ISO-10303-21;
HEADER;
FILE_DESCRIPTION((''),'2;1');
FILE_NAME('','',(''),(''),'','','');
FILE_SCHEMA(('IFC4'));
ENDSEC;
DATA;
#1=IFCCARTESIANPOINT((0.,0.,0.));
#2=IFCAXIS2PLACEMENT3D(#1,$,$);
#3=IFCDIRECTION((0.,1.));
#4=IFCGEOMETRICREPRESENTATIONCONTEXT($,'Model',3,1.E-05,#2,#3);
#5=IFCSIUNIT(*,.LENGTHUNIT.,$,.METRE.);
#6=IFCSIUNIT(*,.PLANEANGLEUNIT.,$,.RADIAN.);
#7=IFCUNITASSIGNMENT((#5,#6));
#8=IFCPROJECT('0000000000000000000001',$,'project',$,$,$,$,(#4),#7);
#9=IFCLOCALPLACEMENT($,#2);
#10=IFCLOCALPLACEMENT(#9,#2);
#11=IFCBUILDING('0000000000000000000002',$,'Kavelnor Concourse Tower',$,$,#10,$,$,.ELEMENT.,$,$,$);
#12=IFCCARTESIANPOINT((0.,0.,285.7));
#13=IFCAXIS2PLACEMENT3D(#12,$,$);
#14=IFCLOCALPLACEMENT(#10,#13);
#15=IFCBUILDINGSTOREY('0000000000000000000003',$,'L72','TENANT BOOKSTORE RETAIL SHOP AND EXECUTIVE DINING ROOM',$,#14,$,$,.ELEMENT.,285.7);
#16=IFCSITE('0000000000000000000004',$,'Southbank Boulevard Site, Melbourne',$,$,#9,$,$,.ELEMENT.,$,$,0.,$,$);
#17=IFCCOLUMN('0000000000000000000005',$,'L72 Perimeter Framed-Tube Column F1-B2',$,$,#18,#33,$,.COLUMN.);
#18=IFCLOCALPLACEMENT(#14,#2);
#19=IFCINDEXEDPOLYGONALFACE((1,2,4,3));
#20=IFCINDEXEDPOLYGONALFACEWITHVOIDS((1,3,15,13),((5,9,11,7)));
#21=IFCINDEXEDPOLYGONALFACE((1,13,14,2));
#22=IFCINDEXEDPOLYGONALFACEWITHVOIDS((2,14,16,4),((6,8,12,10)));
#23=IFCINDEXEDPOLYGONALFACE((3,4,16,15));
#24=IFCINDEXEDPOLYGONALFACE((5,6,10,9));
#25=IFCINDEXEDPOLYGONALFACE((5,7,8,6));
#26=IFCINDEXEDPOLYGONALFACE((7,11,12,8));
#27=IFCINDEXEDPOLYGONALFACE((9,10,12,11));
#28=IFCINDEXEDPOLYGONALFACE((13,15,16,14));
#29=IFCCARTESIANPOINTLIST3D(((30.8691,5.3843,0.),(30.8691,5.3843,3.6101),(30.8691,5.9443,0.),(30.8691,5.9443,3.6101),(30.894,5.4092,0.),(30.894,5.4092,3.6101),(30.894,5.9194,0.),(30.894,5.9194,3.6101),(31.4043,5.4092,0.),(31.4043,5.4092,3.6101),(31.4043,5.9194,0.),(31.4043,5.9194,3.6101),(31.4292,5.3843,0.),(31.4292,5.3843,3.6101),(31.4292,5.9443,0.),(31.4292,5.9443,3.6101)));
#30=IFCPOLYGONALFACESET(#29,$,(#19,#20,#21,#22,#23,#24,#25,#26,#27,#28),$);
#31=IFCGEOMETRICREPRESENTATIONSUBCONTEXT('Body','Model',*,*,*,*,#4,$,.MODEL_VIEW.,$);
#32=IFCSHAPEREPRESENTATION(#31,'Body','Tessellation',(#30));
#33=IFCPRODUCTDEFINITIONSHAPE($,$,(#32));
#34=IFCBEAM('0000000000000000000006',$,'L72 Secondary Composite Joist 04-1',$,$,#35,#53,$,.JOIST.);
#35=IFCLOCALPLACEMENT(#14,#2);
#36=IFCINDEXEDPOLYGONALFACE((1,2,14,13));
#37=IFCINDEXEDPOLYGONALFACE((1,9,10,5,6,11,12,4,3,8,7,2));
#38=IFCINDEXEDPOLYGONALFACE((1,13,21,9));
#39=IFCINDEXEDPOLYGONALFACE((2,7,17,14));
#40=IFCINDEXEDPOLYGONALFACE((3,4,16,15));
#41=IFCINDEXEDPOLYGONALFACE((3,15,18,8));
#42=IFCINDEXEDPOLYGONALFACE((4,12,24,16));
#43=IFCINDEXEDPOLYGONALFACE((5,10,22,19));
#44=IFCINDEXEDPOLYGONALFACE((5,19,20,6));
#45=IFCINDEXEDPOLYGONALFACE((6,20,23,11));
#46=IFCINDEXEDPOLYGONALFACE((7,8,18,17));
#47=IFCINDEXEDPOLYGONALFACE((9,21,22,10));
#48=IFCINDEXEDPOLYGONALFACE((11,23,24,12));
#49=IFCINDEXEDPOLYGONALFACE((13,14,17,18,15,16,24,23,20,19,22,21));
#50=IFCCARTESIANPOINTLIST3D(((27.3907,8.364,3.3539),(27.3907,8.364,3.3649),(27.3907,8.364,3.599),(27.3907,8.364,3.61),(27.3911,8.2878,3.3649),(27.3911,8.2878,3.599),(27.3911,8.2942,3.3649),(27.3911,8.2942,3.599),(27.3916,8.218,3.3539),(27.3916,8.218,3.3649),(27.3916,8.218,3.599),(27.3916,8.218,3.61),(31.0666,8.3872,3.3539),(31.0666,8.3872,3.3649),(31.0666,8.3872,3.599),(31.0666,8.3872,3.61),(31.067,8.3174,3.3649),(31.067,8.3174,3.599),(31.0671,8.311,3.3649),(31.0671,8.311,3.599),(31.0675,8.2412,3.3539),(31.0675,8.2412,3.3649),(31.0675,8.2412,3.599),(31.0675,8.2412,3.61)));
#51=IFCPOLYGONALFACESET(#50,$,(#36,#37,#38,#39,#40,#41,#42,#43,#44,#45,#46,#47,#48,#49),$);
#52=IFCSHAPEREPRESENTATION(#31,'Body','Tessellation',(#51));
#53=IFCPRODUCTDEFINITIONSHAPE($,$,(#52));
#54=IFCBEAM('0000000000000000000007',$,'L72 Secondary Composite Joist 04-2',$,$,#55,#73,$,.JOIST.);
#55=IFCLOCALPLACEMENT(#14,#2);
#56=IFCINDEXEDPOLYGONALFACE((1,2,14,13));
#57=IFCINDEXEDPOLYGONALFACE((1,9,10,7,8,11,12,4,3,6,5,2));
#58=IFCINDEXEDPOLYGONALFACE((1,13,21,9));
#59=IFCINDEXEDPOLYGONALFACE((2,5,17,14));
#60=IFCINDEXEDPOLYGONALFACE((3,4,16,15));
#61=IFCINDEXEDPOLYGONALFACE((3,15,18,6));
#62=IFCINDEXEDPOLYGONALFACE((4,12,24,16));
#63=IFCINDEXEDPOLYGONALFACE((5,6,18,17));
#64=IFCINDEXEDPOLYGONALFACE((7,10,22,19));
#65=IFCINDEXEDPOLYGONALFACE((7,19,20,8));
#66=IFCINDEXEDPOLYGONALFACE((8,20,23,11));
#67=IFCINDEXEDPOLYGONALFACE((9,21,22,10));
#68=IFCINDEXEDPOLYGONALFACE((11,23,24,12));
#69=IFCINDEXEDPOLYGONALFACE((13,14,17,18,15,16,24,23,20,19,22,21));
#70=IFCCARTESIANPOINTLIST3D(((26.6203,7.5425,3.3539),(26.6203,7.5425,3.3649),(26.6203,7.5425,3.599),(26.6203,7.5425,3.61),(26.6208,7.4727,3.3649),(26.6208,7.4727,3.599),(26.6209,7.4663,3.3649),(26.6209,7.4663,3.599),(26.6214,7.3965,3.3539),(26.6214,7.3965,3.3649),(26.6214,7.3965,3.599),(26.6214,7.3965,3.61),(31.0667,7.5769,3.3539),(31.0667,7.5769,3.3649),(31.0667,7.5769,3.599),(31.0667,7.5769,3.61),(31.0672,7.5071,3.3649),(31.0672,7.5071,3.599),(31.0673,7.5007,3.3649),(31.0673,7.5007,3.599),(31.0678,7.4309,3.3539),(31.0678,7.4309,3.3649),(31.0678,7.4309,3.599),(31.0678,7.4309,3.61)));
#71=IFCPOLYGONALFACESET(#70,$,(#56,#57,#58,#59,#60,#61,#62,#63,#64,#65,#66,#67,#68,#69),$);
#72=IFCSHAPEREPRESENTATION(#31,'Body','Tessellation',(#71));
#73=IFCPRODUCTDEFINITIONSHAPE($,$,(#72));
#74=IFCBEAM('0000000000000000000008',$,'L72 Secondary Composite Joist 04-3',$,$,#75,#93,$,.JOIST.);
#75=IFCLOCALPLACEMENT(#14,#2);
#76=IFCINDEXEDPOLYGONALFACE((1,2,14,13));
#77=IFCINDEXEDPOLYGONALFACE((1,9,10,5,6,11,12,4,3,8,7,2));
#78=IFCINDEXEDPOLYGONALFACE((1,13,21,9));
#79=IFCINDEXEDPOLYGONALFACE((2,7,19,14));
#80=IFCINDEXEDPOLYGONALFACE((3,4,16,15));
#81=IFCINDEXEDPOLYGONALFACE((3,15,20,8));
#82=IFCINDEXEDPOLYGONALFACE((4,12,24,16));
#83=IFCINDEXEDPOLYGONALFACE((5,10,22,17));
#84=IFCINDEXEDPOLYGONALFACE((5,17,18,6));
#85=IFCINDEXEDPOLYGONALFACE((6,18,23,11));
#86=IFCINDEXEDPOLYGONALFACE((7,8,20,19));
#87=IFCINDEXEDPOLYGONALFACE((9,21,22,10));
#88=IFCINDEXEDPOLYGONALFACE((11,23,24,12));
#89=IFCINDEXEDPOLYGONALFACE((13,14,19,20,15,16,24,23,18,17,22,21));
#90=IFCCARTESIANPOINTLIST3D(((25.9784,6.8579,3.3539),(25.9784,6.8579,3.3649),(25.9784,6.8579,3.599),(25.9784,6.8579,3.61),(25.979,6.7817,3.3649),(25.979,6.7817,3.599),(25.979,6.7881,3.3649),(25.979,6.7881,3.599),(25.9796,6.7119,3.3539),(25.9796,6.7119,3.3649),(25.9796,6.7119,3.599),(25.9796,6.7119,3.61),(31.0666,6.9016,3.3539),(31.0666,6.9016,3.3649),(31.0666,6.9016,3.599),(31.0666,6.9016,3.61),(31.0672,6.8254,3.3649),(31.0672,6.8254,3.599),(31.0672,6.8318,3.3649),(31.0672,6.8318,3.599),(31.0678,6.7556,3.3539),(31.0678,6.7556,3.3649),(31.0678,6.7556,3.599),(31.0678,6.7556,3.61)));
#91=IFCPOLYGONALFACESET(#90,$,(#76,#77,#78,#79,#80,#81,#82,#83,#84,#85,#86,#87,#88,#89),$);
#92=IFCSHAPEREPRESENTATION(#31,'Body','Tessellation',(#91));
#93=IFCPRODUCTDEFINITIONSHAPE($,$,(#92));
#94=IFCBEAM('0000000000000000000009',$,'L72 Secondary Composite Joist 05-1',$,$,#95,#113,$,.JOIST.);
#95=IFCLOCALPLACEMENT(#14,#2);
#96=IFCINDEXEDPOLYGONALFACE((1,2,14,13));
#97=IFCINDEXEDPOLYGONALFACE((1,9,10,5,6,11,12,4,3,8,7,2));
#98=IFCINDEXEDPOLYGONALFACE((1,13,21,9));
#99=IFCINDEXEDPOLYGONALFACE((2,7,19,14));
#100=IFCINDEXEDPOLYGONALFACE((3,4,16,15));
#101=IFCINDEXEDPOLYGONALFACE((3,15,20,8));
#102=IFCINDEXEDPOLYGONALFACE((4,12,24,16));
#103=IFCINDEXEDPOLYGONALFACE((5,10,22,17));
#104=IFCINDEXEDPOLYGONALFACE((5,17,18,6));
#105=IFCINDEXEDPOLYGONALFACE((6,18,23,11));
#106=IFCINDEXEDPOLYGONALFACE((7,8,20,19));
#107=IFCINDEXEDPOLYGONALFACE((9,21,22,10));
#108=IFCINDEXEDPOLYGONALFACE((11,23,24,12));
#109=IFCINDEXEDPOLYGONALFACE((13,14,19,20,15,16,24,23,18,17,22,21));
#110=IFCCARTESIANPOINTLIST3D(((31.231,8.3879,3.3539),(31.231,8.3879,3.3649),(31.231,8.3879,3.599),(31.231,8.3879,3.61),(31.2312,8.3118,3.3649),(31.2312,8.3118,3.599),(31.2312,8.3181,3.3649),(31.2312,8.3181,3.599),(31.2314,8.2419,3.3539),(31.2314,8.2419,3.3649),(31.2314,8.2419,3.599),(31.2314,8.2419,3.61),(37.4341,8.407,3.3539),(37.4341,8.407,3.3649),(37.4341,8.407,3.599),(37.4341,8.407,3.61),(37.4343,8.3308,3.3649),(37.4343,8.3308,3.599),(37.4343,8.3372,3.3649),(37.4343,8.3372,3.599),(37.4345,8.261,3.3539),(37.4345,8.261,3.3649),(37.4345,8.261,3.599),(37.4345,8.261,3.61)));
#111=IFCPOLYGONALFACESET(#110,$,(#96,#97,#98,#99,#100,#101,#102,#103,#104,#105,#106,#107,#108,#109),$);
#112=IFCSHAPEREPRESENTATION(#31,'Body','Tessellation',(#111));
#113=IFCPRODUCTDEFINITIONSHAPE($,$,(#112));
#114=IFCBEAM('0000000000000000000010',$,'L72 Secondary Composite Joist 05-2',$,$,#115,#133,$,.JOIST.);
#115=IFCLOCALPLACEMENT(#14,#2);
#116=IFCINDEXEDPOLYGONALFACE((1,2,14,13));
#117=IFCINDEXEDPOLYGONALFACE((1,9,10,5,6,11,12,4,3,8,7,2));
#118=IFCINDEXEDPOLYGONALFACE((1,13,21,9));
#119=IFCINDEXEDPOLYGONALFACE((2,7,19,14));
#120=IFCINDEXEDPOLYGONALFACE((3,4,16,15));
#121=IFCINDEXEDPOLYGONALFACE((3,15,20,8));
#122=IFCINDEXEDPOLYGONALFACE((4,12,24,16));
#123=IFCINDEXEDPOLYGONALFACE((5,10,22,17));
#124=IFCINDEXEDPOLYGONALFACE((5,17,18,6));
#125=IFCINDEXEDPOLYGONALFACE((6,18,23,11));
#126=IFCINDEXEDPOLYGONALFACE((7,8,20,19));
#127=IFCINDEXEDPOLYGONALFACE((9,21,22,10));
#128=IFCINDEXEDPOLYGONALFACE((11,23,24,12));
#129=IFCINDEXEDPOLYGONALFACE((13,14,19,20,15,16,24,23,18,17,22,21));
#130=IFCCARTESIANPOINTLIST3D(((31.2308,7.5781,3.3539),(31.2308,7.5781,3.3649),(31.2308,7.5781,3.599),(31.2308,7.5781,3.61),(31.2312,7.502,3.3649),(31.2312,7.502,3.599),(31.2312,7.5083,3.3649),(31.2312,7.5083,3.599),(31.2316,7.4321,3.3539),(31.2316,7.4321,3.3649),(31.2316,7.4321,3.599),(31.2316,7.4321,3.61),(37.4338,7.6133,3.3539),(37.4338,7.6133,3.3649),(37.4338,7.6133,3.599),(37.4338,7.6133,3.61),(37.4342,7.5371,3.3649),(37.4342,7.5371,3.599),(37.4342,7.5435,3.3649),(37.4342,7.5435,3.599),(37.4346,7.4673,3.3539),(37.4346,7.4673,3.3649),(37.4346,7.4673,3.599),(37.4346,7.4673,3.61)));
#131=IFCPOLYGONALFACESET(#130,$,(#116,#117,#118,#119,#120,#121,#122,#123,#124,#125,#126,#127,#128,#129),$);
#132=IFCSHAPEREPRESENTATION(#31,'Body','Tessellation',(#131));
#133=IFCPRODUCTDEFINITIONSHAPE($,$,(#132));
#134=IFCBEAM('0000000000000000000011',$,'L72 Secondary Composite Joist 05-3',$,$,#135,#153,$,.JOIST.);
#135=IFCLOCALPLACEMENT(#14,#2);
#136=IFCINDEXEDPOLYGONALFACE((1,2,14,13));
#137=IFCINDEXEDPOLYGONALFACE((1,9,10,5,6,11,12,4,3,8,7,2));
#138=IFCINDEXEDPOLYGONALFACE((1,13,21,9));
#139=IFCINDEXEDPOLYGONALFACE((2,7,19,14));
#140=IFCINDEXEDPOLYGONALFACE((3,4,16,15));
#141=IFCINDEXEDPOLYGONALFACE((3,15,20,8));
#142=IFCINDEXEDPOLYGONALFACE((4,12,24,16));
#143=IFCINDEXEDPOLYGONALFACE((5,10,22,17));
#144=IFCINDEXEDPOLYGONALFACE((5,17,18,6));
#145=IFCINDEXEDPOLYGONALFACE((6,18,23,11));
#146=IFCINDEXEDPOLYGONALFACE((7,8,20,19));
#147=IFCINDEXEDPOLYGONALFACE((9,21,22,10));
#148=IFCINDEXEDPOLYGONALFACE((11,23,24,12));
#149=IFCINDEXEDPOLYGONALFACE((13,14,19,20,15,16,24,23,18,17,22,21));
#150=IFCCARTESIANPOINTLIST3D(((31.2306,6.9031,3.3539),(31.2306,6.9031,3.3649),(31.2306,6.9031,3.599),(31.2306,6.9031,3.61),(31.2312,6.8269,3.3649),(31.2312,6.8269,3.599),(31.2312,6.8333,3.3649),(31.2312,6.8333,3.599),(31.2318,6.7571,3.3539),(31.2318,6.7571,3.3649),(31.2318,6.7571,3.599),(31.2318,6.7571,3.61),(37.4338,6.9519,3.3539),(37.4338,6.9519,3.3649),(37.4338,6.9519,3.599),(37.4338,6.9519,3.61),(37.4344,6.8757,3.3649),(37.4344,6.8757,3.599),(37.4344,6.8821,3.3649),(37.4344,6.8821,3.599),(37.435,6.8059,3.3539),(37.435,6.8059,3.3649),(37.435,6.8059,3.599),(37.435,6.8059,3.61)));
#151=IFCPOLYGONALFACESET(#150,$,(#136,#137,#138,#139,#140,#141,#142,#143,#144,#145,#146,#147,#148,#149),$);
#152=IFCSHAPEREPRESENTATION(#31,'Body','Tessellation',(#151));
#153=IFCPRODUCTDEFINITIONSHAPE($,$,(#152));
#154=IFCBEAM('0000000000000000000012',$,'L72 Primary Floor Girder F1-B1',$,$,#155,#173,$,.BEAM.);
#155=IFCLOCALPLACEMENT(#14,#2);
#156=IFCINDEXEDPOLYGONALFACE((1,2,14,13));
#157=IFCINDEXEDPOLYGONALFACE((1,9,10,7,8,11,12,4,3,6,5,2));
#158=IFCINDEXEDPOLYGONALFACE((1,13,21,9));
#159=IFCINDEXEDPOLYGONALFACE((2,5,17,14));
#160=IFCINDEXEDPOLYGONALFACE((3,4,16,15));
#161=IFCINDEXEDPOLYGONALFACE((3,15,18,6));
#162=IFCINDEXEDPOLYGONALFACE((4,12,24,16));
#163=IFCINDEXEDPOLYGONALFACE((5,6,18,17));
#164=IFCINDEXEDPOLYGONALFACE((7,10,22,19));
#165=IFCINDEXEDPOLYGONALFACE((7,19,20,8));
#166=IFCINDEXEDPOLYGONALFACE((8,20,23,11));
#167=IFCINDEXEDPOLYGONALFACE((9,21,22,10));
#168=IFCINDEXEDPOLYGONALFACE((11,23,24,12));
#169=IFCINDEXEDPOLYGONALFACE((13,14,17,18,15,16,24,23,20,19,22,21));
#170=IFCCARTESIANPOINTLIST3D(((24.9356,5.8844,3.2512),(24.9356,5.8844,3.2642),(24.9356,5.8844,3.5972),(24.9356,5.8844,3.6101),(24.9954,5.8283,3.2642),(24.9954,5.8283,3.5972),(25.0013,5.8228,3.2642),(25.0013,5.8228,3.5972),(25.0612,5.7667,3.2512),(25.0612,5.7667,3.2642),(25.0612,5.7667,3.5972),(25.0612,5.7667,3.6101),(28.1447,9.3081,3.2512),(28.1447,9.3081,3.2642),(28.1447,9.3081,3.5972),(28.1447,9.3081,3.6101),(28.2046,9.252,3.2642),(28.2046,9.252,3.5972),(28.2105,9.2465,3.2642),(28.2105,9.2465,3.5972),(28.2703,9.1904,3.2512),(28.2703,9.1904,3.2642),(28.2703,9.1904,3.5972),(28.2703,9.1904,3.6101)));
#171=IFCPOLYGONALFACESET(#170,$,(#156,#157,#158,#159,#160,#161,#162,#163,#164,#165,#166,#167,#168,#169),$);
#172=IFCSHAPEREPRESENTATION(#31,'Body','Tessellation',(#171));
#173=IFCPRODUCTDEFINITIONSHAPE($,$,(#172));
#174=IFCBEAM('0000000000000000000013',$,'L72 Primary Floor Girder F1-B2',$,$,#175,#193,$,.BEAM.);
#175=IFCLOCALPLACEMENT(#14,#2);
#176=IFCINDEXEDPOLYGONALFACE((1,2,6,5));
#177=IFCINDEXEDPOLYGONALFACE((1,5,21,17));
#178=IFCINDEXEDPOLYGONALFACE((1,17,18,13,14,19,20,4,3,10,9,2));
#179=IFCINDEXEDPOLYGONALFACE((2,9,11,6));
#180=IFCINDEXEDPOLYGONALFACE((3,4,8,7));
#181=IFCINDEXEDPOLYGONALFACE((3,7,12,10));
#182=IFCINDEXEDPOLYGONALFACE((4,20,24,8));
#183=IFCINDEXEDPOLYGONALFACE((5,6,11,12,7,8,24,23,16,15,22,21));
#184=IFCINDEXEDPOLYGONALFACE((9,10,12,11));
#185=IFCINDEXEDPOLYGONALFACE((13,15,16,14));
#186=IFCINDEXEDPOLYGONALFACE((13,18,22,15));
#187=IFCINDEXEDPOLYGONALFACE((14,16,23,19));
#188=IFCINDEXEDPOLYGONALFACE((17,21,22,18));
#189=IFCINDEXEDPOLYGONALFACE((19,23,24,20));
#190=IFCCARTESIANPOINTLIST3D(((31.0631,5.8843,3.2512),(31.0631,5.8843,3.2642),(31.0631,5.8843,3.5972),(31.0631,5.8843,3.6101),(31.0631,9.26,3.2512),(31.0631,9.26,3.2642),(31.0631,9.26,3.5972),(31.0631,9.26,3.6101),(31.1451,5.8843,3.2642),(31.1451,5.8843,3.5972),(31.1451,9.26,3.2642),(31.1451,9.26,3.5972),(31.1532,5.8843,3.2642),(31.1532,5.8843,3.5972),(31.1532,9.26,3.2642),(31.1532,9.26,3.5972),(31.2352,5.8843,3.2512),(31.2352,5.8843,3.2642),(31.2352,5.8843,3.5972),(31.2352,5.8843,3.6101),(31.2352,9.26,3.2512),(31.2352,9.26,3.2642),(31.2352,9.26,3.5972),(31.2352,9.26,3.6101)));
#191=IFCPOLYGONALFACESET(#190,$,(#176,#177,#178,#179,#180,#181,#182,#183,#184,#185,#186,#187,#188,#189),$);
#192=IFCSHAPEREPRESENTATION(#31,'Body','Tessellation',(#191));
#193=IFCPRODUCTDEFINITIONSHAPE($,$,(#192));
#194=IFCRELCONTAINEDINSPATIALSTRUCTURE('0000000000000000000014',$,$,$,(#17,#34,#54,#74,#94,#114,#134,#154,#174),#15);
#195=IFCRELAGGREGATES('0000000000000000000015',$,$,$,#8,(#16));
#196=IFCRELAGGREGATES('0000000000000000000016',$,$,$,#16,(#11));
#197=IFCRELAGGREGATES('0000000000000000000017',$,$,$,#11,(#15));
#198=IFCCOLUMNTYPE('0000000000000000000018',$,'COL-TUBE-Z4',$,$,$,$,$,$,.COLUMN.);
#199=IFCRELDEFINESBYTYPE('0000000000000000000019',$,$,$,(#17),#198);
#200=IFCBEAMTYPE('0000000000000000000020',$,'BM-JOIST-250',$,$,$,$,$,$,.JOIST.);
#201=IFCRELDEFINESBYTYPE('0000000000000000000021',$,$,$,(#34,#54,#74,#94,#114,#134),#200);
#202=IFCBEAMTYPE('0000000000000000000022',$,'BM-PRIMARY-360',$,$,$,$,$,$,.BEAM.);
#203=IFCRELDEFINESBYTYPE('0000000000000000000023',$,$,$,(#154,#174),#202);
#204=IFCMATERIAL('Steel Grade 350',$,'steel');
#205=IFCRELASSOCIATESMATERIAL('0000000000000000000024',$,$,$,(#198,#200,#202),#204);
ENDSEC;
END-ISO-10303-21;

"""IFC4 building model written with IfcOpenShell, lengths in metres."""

from ifc_helpers import new_model, si_unit, direction, frame, origin, origin_2d, place, context, subcontext, project, spatial, hollow_rectangle, i_section, extrude, material, material_profile, profile_set, type_object, element, save


model = new_model("IFC4")

# Units and contexts
model_context = context("Model", 3, precision=1e-05, world=origin(), true_north=direction((0.0, 1.0)))
body_context = subcontext(model_context, "Body", "Model", "MODEL_VIEW")
ifc_project = project(units=[si_unit("LENGTHUNIT", "METRE"), si_unit("PLANEANGLEUNIT", "RADIAN")], contexts=[model_context])

# Site, building, storey
site_placement = place(None, origin())
site = spatial("IfcSite", under=ifc_project, at=site_placement, Name="Southbank Boulevard Site, Melbourne", CompositionType="ELEMENT", RefElevation=0.0)
building_placement = place(site_placement, origin())
building = spatial("IfcBuilding", under=site, at=building_placement, Name="Kavelnor Concourse Tower", CompositionType="ELEMENT")
storey_placement = place(building_placement, frame((0.0, 0.0, 285.7)))
storey = spatial("IfcBuildingStorey", under=building, at=storey_placement, Name="L72", Description="TENANT BOOKSTORE RETAIL SHOP AND EXECUTIVE DINING ROOM", CompositionType="ELEMENT", Elevation=285.7)

# Column
ifc_material_1 = material(Name="Steel Grade 350", Category="steel")
ifc_material_profile_1 = material_profile(ifc_material_1, hollow_rectangle(XDim=0.5601, YDim=0.5601, WallThickness=0.0249, at=origin_2d()), Name="SHS 560x560x25")
ifc_profile_set_1 = profile_set([ifc_material_profile_1], Name="Steel Grade 350")
column_type = type_object("IfcColumnType", Name="COL-TUBE-Z4", PredefinedType="COLUMN", material=ifc_profile_set_1)
column_placement = place(storey_placement, frame((31.1492, 5.6643, 0.0), z_axis=(0.0, 0.0, 1.0), x_axis=(1.0, 0.0, 0.0)))
element("IfcColumn", 1, at=column_placement, inside=storey, type_object=column_type, Name="L72 Perimeter Framed-Tube Column F1-B2", PredefinedType="COLUMN", context=body_context, shape_type="SweptSolid", body=[
    extrude(hollow_rectangle(XDim=0.5601, YDim=0.5601, WallThickness=0.0249, at=origin_2d()), origin(), (0.0, 0.0, 1.0), 3.6101),
])

# Beams
ifc_material_profile_2 = material_profile(ifc_material_1, i_section(OverallWidth=0.146, OverallDepth=0.2561, WebThickness=0.0063, FlangeThickness=0.011, at=origin_2d()), Name="250UB37")
ifc_profile_set_2 = profile_set([ifc_material_profile_2], Name="Steel Grade 350")
beam_type_1 = type_object("IfcBeamType", Name="BM-JOIST-250", PredefinedType="JOIST", material=ifc_profile_set_2)
beam_1_placement = place(storey_placement, frame((27.3911, 8.291, 3.4819), z_axis=(0.99998, 0.006309, 0.0), x_axis=(-0.006309, 0.99998, 0.0)))
element("IfcBeam", 2, at=beam_1_placement, inside=storey, type_object=beam_type_1, Name="L72 Secondary Composite Joist 04-1", PredefinedType="JOIST", context=body_context, shape_type="SweptSolid", body=[
    extrude(i_section(OverallWidth=0.146, OverallDepth=0.2561, WebThickness=0.0063, FlangeThickness=0.011, at=origin_2d()), origin(), (0.0, 0.0, 1.0), 3.676),
])
beam_2_placement = place(storey_placement, frame((26.6208, 7.4695, 3.4819), z_axis=(0.99997, 0.007742, 0.0), x_axis=(-0.007742, 0.99997, 0.0)))
element("IfcBeam", 3, at=beam_2_placement, inside=storey, type_object=beam_type_1, Name="L72 Secondary Composite Joist 04-2", PredefinedType="JOIST", context=body_context, shape_type="SweptSolid", body=[
    extrude(i_section(OverallWidth=0.146, OverallDepth=0.2561, WebThickness=0.0063, FlangeThickness=0.011, at=origin_2d()), origin(), (0.0, 0.0, 1.0), 4.4465),
])
beam_3_placement = place(storey_placement, frame((25.979, 6.7849, 3.4819), z_axis=(0.999963, 0.008589, 0.0), x_axis=(-0.008589, 0.999963, 0.0)))
element("IfcBeam", 4, at=beam_3_placement, inside=storey, type_object=beam_type_1, Name="L72 Secondary Composite Joist 04-3", PredefinedType="JOIST", context=body_context, shape_type="SweptSolid", body=[
    extrude(i_section(OverallWidth=0.146, OverallDepth=0.2561, WebThickness=0.0063, FlangeThickness=0.011, at=origin_2d()), origin(), (0.0, 0.0, 1.0), 5.0884),
])
for number, where, z_axis, x_axis, name in (
    (5, (31.2312, 8.3149, 3.4819), (0.999995, 0.00307, 0.0), (-0.00307, 0.999995, 0.0), "L72 Secondary Composite Joist 05-1"),
    (6, (31.2312, 7.5051, 3.4819), (0.999984, 0.005667, 0.0), (-0.005667, 0.999984, 0.0), "L72 Secondary Composite Joist 05-2"),
):
    element("IfcBeam", number, at=place(storey_placement, frame(where, z_axis=z_axis, x_axis=x_axis)), inside=storey, type_object=beam_type_1, Name=name, PredefinedType="JOIST", context=body_context, shape_type="SweptSolid", body=[
        extrude(i_section(OverallWidth=0.146, OverallDepth=0.2561, WebThickness=0.0063, FlangeThickness=0.011, at=origin_2d()), origin(), (0.0, 0.0, 1.0), 6.2031),
    ])
beam_4_placement = place(storey_placement, frame((31.2312, 6.8301, 3.4819), z_axis=(0.999969, 0.007871, 0.0), x_axis=(-0.007871, 0.999969, 0.0)))
element("IfcBeam", 7, at=beam_4_placement, inside=storey, type_object=beam_type_1, Name="L72 Secondary Composite Joist 05-3", PredefinedType="JOIST", context=body_context, shape_type="SweptSolid", body=[
    extrude(i_section(OverallWidth=0.146, OverallDepth=0.2561, WebThickness=0.0063, FlangeThickness=0.011, at=origin_2d()), origin(), (0.0, 0.0, 1.0), 6.2034),
])
ifc_material_profile_3 = material_profile(ifc_material_1, i_section(OverallWidth=0.1721, OverallDepth=0.3589, WebThickness=0.0081, FlangeThickness=0.0129, at=origin_2d()), Name="360UB56")
ifc_profile_set_3 = profile_set([ifc_material_profile_3], Name="Steel Grade 350")
beam_type_2 = type_object("IfcBeamType", Name="BM-PRIMARY-360", PredefinedType="BEAM", material=ifc_profile_set_3)
beam_5_placement = place(storey_placement, frame((28.2075, 9.2493, 3.4307), z_axis=(-0.683872, -0.729602, 0.0), x_axis=(0.729602, -0.683872, 0.0)))
element("IfcBeam", 8, at=beam_5_placement, inside=storey, type_object=beam_type_2, Name="L72 Primary Floor Girder F1-B1", PredefinedType="BEAM", context=body_context, shape_type="SweptSolid", body=[
    extrude(i_section(OverallWidth=0.1721, OverallDepth=0.3589, WebThickness=0.0081, FlangeThickness=0.0129, at=origin_2d()), origin(), (0.0, 0.0, 1.0), 4.6926),
])
beam_6_placement = place(storey_placement, frame((31.1492, 9.26, 3.4307), z_axis=(0.0, -1.0, 0.0), x_axis=(1.0, 0.0, 0.0)))
element("IfcBeam", 9, at=beam_6_placement, inside=storey, type_object=beam_type_2, Name="L72 Primary Floor Girder F1-B2", PredefinedType="BEAM", context=body_context, shape_type="SweptSolid", body=[
    extrude(i_section(OverallWidth=0.1721, OverallDepth=0.3589, WebThickness=0.0081, FlangeThickness=0.0129, at=origin_2d()), origin(), (0.0, 0.0, 1.0), 3.3757),
])

save(model, "model.ifc")
